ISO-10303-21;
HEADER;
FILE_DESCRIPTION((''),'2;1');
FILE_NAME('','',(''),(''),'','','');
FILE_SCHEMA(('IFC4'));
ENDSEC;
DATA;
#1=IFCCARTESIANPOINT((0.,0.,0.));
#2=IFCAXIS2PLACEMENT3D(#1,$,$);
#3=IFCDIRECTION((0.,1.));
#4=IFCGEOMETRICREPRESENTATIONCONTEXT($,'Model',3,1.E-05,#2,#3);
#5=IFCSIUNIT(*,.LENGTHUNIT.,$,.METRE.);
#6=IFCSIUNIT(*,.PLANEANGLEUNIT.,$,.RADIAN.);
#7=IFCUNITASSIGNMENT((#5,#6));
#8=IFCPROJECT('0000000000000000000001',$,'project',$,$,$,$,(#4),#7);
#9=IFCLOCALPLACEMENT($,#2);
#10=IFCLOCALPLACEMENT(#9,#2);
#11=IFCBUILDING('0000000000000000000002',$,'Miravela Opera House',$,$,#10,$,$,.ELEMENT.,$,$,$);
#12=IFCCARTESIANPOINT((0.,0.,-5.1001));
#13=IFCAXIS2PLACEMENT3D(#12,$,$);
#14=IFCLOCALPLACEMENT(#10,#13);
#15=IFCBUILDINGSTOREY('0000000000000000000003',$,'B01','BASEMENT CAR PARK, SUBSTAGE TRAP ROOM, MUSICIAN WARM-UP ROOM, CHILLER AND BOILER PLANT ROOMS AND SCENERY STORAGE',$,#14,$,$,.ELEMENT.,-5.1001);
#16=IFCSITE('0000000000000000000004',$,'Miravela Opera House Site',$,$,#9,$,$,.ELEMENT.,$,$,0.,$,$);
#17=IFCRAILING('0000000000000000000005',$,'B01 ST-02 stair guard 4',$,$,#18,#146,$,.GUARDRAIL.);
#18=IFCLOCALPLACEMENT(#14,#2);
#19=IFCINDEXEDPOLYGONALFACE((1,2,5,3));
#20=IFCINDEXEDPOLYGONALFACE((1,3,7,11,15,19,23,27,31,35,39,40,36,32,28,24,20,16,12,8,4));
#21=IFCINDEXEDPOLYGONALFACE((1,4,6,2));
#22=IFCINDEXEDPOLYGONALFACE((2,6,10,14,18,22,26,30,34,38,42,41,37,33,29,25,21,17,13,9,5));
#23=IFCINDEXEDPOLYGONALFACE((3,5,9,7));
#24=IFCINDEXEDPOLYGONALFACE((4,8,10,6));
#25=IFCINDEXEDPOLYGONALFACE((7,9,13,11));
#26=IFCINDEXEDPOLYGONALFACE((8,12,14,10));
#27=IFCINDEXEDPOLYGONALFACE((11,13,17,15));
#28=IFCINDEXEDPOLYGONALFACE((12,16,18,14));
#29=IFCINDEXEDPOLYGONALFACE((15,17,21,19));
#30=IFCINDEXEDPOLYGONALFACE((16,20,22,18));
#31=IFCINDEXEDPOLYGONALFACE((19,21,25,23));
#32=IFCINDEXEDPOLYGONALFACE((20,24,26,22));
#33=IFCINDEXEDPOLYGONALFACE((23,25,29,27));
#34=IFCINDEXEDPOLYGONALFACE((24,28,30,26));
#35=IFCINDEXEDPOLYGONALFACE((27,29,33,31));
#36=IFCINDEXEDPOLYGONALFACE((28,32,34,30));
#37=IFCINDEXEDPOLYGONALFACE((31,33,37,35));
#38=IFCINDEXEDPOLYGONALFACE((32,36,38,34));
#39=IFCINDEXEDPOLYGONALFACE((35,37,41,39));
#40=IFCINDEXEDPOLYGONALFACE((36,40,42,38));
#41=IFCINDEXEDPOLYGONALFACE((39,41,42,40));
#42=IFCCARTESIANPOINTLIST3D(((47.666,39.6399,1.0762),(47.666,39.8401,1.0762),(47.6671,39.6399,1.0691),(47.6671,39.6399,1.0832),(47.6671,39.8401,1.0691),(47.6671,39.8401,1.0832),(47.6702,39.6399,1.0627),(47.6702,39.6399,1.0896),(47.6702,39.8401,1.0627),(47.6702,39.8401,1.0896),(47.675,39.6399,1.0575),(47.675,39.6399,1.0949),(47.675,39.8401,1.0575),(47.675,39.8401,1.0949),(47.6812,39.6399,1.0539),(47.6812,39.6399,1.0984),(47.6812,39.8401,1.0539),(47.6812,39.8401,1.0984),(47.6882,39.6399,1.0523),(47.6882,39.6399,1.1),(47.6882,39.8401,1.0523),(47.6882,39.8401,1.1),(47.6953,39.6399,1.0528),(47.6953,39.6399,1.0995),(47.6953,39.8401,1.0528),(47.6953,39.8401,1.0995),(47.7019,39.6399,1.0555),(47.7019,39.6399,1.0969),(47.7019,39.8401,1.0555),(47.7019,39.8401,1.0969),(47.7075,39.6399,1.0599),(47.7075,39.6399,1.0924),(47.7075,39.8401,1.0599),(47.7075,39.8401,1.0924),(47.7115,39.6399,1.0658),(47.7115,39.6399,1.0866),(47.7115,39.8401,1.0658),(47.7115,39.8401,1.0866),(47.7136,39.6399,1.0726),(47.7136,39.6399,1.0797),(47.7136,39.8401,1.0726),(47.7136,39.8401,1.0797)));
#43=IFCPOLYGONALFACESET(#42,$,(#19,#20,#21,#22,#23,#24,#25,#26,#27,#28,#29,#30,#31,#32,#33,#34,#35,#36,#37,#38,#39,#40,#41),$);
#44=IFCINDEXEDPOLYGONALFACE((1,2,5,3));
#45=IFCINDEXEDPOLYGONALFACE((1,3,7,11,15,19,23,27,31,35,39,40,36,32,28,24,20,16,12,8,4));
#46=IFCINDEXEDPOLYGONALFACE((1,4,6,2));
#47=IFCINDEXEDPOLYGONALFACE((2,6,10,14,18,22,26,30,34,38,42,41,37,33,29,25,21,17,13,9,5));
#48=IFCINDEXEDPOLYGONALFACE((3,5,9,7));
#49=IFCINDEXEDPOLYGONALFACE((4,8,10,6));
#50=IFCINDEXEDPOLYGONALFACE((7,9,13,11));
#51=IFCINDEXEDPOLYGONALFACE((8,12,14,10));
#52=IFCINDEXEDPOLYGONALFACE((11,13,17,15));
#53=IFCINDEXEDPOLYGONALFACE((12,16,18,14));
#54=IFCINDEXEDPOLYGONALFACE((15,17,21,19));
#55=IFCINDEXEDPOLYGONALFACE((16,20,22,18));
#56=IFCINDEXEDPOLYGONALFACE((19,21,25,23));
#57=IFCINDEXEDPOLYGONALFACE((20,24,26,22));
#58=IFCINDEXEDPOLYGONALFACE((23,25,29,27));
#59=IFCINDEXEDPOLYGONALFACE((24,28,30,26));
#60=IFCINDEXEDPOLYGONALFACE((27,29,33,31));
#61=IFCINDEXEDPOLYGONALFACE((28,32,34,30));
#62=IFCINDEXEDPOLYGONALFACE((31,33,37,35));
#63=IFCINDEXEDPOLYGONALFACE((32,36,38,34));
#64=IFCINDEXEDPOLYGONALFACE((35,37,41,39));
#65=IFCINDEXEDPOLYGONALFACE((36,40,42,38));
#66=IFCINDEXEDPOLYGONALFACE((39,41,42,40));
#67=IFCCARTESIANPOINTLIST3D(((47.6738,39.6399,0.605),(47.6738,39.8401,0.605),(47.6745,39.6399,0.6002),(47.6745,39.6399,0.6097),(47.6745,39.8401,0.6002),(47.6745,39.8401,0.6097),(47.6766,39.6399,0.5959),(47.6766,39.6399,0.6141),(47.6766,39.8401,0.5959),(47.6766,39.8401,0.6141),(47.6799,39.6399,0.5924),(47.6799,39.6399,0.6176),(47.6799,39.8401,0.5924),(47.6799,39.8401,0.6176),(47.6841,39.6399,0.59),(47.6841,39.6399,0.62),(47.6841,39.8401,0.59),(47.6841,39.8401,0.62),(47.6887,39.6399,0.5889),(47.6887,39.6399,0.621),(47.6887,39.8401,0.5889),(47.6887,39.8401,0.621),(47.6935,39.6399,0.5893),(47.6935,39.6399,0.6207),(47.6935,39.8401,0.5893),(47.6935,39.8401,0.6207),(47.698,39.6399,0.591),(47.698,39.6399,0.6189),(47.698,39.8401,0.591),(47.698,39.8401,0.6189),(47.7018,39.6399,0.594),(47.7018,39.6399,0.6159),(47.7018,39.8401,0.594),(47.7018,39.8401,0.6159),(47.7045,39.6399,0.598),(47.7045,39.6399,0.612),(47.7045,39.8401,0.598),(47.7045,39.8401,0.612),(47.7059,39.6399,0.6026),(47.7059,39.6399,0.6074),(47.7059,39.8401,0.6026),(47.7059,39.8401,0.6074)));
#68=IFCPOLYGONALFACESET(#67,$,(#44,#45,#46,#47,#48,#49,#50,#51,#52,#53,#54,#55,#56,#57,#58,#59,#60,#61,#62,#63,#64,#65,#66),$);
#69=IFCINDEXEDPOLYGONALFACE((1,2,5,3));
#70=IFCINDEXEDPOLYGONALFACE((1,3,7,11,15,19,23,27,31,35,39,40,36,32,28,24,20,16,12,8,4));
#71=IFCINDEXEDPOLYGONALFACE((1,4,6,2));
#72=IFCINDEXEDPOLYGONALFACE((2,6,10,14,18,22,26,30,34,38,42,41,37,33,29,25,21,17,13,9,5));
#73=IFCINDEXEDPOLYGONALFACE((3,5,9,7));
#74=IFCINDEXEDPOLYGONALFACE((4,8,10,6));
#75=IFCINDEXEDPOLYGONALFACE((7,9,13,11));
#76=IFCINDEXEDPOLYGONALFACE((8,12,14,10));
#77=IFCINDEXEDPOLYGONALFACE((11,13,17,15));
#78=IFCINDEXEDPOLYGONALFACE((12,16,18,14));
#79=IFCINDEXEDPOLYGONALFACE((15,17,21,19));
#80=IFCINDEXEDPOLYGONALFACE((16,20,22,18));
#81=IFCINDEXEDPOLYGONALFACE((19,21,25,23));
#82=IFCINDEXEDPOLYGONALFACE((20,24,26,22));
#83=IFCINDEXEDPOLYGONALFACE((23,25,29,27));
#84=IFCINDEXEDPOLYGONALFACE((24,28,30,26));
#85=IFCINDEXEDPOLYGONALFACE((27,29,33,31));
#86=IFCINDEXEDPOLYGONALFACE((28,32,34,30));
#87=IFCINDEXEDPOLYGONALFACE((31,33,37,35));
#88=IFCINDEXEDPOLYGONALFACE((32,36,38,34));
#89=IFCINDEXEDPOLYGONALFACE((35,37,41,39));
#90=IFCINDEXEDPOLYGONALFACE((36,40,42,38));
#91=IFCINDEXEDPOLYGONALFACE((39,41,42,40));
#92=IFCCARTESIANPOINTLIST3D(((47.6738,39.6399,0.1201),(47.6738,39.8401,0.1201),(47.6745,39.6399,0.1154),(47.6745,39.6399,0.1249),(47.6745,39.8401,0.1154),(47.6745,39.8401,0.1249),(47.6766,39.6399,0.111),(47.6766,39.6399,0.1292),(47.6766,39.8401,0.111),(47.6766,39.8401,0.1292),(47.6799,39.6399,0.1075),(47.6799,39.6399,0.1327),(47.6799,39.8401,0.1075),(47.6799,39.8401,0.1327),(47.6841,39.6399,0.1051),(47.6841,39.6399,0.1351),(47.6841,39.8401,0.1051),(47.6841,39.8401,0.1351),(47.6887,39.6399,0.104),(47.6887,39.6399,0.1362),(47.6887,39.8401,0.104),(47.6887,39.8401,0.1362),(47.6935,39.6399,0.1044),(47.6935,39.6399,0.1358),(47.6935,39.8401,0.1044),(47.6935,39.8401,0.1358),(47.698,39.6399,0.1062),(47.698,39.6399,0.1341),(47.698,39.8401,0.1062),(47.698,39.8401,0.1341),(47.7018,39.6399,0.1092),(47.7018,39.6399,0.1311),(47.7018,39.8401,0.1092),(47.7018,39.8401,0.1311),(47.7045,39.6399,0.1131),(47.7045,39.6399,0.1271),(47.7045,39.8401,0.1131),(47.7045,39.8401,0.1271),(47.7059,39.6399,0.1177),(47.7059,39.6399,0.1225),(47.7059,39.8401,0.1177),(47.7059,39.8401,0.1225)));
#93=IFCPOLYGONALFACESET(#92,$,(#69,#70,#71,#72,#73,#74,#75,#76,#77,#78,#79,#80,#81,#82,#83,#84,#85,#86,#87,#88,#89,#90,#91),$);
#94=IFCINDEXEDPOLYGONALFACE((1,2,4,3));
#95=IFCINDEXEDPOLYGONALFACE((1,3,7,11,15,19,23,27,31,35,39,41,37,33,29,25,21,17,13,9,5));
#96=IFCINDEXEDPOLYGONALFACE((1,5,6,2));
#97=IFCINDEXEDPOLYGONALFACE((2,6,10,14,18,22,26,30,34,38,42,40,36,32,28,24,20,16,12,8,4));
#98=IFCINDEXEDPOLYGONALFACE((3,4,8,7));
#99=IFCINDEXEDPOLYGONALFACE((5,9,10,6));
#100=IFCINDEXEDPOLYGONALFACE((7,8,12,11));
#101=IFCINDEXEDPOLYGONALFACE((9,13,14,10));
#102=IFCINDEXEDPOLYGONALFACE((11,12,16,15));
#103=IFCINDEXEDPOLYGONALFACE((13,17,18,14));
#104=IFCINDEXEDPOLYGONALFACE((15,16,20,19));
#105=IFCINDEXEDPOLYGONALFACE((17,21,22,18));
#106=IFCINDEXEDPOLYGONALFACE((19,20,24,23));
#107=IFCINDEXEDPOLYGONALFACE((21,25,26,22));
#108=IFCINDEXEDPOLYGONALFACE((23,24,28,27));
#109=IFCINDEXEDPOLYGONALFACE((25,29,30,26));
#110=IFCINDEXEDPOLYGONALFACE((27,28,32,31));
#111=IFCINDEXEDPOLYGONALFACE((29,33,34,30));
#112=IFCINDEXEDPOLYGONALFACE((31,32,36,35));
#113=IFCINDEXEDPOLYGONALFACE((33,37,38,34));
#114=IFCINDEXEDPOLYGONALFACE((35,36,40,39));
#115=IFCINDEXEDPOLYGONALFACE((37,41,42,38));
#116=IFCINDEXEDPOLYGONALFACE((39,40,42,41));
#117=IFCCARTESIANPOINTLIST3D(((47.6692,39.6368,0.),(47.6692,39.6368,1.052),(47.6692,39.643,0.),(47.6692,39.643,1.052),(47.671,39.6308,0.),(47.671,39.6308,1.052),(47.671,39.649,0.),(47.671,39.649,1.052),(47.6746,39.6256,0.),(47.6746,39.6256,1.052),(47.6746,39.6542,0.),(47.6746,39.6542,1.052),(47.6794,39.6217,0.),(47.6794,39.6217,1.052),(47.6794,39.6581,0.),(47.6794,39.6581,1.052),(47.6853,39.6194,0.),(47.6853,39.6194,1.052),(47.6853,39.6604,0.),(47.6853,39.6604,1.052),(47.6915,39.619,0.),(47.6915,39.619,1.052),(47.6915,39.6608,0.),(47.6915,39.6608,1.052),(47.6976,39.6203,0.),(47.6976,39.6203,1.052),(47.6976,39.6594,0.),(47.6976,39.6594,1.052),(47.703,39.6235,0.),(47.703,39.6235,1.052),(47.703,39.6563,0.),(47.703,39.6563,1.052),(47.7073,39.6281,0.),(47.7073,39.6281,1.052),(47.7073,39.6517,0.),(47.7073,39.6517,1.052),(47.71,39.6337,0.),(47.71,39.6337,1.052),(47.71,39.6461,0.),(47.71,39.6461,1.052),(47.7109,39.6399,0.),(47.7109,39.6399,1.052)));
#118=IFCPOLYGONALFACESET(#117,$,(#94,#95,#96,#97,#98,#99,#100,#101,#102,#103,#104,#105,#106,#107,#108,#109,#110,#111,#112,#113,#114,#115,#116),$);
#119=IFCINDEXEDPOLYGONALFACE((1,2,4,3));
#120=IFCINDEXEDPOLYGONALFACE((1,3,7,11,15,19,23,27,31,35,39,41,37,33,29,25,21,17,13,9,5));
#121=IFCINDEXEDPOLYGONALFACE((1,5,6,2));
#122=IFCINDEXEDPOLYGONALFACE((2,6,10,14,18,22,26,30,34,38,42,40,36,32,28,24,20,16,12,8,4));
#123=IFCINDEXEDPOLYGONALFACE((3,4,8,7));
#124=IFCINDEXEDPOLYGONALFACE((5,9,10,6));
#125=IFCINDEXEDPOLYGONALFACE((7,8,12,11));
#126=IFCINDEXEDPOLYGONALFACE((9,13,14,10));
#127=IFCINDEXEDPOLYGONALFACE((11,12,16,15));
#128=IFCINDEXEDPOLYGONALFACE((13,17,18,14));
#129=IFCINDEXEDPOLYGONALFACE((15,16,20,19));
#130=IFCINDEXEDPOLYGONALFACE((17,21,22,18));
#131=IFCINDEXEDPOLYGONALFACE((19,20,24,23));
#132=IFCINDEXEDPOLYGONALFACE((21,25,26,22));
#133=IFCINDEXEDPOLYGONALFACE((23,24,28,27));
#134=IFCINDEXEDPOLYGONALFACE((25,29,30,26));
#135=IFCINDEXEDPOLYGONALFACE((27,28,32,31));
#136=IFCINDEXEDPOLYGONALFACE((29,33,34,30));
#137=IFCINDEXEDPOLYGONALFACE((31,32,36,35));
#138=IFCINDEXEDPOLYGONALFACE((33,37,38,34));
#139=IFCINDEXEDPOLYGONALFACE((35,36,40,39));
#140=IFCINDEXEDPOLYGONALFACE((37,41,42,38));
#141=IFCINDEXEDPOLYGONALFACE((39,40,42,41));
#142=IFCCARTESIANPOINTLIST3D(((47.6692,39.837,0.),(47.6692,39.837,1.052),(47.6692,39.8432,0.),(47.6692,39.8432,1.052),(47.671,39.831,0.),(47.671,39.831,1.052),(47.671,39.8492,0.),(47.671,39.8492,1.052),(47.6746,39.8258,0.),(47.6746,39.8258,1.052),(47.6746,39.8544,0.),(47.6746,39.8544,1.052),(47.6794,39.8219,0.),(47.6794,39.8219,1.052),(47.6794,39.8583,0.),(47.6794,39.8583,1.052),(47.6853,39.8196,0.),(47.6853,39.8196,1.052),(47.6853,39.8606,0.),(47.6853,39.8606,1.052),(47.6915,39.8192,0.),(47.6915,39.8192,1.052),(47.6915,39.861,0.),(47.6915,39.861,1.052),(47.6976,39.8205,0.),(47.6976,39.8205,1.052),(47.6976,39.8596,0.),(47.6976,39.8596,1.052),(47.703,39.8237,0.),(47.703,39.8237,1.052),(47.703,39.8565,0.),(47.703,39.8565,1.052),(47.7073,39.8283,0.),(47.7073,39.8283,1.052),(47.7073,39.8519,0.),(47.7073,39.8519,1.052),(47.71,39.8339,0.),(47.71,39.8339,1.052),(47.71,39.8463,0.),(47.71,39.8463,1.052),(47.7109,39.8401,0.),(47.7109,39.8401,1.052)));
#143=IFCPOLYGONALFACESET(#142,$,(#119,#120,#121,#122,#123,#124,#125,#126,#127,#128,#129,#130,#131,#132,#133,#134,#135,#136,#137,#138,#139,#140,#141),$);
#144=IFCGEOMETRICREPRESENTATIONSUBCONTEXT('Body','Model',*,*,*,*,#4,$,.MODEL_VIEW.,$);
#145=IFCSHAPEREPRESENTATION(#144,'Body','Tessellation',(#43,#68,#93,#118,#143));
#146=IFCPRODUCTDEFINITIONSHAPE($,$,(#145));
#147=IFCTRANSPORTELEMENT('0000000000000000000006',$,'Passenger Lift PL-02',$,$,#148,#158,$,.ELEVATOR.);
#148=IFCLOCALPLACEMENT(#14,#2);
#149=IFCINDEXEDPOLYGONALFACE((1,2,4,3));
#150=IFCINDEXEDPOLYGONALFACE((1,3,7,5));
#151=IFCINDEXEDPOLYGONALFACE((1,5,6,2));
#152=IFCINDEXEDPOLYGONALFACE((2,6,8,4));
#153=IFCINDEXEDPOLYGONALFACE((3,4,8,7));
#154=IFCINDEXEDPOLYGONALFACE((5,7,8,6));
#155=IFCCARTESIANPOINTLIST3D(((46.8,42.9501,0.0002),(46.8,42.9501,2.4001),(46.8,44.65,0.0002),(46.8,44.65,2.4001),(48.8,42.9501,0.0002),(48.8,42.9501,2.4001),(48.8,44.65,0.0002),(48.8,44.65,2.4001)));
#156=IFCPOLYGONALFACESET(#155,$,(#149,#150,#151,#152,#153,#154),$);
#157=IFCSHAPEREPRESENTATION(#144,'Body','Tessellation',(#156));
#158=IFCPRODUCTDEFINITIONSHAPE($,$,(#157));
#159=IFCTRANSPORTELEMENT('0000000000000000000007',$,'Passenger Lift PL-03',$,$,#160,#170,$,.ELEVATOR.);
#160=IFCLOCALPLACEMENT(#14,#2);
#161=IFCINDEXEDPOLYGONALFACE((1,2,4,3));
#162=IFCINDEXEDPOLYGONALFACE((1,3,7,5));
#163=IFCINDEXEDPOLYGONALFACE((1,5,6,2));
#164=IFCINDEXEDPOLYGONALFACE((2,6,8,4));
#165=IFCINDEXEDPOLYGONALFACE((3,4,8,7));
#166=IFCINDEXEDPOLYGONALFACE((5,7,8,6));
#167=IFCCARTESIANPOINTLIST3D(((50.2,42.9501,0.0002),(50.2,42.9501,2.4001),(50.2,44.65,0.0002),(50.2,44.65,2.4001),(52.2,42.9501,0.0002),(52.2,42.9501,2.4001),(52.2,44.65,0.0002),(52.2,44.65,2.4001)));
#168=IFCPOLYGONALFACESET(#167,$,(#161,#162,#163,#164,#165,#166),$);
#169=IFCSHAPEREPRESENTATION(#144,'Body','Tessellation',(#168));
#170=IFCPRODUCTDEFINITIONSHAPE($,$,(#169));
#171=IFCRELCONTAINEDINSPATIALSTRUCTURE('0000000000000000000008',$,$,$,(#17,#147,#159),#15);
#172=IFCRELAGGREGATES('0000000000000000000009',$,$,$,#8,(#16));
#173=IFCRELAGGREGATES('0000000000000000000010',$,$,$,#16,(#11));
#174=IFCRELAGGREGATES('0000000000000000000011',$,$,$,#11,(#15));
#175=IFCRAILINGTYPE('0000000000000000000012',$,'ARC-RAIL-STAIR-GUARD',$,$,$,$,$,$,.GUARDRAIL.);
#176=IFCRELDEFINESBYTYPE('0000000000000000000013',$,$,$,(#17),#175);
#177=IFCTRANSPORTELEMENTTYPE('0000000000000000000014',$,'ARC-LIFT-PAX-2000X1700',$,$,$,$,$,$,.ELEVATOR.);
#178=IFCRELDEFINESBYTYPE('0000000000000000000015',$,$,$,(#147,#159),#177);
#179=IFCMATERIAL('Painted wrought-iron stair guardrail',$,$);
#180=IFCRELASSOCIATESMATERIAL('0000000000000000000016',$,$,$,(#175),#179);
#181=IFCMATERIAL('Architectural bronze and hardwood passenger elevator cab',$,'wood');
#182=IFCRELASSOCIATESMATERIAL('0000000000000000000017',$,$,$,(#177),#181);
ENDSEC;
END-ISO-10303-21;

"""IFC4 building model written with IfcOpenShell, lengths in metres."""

from ifc_helpers import new_model, si_unit, direction, frame, origin, origin_2d, place, context, subcontext, project, spatial, rectangle, circle, extrude, material, type_object, element, save


model = new_model("IFC4")

# Units and contexts
model_context = context("Model", 3, precision=1e-05, world=origin(), true_north=direction((0.0, 1.0)))
body_context = subcontext(model_context, "Body", "Model", "MODEL_VIEW")
ifc_project = project(units=[si_unit("LENGTHUNIT", "METRE"), si_unit("PLANEANGLEUNIT", "RADIAN")], contexts=[model_context])

# Site, building, storey
site_placement = place(None, origin())
site = spatial("IfcSite", under=ifc_project, at=site_placement, Name="Miravela Opera House Site", CompositionType="ELEMENT", RefElevation=0.0)
building_placement = place(site_placement, origin())
building = spatial("IfcBuilding", under=site, at=building_placement, Name="Miravela Opera House", CompositionType="ELEMENT")
storey_placement = place(building_placement, frame((0.0, 0.0, -5.1001)))
storey = spatial("IfcBuildingStorey", under=building, at=storey_placement, Name="B01", Description="BASEMENT CAR PARK, SUBSTAGE TRAP ROOM, MUSICIAN WARM-UP ROOM, CHILLER AND BOILER PLANT ROOMS AND SCENERY STORAGE", CompositionType="ELEMENT", Elevation=-5.1001)

# Railing
ifc_material_1 = material(Name="Painted wrought-iron stair guardrail")
railing_type_1 = type_object("IfcRailingType", Name="ARC-RAIL-STAIR-GUARD", PredefinedType="GUARDRAIL", material=ifc_material_1)
railing_1_placement = place(storey_placement, frame((47.6899, 39.6399, 0.0)))
element("IfcRailing", 1, at=railing_1_placement, inside=storey, type_object=railing_type_1, Name="B01 ST-02 stair guard 4", PredefinedType="GUARDRAIL", context=body_context, shape_type="SweptSolid", body=[
    extrude(circle(Radius=0.0239, at=origin_2d()), frame((0.0, 0.0, 1.0762), z_axis=(0.0, 1.0, 0.0), x_axis=(-1.0, 0.0, 0.0)), (0.0, 0.0, 1.0), 0.2002),
    extrude(circle(Radius=0.0161, at=origin_2d()), frame((0.0, 0.0, 0.605), z_axis=(0.0, 1.0, 0.0), x_axis=(-1.0, 0.0, 0.0)), (0.0, 0.0, 1.0), 0.2002),
    extrude(circle(Radius=0.0161, at=origin_2d()), frame((0.0, 0.0, 0.1201), z_axis=(0.0, 1.0, 0.0), x_axis=(-1.0, 0.0, 0.0)), (0.0, 0.0, 1.0), 0.2002),
    extrude(circle(Radius=0.021, at=origin_2d()), origin(), (0.0, 0.0, 1.0), 1.052),
    extrude(circle(Radius=0.021, at=origin_2d()), frame((0.0, 0.2002, 0.0)), (0.0, 0.0, 1.0), 1.052),
])

# Transport elements
ifc_material_2 = material(Name="Architectural bronze and hardwood passenger elevator cab", Category="wood")
transport_element_type = type_object("IfcTransportElementType", Name="ARC-LIFT-PAX-2000X1700", PredefinedType="ELEVATOR", material=ifc_material_2)
for number, where, z_axis, x_axis, name in (
    (2, (47.8, 43.8, 0.0002), (0.0, 0.0, 1.0), (1.0, 0.0, 0.0), "Passenger Lift PL-02"),
    (3, (51.2, 43.8, 0.0002), (0.0, 0.0, 1.0), (1.0, 0.0, 0.0), "Passenger Lift PL-03"),
):
    element("IfcTransportElement", number, at=place(storey_placement, frame(where, z_axis=z_axis, x_axis=x_axis)), inside=storey, type_object=transport_element_type, Name=name, PredefinedType="ELEVATOR", context=body_context, shape_type="SweptSolid", body=[
        extrude(rectangle(XDim=2.0, YDim=1.7, at=origin_2d()), origin(), (0.0, 0.0, 1.0), 2.3999),
    ])

save(model, "model.ifc")
